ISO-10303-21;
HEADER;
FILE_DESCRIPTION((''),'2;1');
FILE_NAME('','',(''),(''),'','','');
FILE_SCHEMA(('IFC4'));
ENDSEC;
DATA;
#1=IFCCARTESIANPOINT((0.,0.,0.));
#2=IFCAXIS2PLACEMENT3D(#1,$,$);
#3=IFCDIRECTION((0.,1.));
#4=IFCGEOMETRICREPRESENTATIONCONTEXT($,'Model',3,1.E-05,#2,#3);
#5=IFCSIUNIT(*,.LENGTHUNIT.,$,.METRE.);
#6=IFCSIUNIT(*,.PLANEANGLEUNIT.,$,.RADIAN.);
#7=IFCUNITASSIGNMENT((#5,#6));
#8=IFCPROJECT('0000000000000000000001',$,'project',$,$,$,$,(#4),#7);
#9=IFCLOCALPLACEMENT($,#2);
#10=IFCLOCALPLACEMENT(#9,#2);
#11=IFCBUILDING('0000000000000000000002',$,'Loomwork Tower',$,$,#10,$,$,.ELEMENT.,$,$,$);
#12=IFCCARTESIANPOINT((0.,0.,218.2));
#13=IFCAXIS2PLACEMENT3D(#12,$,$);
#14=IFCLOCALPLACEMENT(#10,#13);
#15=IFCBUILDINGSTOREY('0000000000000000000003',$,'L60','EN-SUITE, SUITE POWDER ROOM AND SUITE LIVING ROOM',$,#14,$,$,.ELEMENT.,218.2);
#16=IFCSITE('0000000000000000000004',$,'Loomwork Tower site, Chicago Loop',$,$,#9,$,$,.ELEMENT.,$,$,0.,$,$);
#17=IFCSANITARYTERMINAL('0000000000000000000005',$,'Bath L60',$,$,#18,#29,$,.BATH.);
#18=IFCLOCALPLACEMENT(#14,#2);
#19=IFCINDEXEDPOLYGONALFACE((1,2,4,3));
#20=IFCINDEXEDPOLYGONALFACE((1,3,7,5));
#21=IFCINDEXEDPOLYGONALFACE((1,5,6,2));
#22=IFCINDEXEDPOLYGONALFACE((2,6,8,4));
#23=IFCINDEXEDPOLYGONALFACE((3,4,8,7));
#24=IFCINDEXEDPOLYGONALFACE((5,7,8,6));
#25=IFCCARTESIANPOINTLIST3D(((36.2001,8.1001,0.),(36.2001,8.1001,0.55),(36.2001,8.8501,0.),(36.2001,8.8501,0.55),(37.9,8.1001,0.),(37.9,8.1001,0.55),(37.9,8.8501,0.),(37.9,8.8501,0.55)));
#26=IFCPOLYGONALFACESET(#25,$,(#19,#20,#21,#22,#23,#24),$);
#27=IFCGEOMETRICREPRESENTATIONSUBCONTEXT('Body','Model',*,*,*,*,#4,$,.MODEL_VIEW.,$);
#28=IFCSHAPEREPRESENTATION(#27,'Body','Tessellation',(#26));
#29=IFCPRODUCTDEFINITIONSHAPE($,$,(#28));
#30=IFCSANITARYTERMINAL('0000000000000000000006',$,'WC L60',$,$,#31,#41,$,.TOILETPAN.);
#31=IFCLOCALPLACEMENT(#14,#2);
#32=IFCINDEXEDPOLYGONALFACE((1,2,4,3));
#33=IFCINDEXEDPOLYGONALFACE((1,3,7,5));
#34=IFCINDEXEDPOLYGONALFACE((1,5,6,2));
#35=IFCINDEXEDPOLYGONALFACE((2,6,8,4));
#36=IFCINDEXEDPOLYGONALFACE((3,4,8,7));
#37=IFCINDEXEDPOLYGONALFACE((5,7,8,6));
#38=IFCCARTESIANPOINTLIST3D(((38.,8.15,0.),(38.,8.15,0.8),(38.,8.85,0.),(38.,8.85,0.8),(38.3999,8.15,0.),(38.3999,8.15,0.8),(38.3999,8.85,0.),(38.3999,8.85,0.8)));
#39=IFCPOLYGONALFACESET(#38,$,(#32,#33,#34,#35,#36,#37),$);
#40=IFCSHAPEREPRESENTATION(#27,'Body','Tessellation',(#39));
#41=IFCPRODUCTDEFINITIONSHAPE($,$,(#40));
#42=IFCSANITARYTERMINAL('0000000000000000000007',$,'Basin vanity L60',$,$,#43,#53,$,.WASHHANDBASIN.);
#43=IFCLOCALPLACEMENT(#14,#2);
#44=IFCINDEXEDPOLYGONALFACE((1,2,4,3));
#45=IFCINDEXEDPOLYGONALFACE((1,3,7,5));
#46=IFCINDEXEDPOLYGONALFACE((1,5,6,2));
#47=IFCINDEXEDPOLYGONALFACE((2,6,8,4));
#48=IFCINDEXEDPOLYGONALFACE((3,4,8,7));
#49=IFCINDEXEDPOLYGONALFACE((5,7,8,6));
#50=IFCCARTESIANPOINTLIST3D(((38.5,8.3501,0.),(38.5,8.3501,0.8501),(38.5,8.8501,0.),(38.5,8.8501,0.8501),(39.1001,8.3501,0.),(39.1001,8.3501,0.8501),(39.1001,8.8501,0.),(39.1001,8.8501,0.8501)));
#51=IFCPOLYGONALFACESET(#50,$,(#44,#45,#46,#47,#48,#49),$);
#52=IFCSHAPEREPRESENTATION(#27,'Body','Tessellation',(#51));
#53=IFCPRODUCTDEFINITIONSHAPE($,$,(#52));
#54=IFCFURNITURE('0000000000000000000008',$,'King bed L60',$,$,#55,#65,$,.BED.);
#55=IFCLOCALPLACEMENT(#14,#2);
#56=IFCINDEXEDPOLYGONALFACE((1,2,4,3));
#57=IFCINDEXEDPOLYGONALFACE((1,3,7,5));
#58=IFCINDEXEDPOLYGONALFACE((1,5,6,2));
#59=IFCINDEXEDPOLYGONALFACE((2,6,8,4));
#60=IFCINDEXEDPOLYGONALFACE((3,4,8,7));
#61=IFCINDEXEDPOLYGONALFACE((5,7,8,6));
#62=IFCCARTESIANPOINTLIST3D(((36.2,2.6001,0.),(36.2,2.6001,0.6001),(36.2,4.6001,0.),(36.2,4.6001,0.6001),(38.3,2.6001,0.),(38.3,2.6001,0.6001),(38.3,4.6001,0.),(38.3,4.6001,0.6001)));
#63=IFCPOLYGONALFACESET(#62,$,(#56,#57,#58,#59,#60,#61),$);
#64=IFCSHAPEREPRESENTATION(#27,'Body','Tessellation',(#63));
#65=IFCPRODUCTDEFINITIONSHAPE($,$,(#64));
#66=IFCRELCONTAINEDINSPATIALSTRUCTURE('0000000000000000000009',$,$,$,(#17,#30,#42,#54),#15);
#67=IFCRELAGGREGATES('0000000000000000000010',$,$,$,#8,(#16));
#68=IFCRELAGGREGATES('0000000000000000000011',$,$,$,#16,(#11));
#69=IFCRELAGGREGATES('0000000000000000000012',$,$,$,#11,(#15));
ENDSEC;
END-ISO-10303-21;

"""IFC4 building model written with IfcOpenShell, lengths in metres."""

from ifc_helpers import new_model, si_unit, direction, frame, origin, origin_2d, place, context, subcontext, project, spatial, rectangle, extrude, element, save


model = new_model("IFC4")

# Units and contexts
model_context = context("Model", 3, precision=1e-05, world=origin(), true_north=direction((0.0, 1.0)))
body_context = subcontext(model_context, "Body", "Model", "MODEL_VIEW")
ifc_project = project(units=[si_unit("LENGTHUNIT", "METRE"), si_unit("PLANEANGLEUNIT", "RADIAN")], contexts=[model_context])

# Site, building, storey
site_placement = place(None, origin())
site = spatial("IfcSite", under=ifc_project, at=site_placement, Name="Loomwork Tower site, Chicago Loop", CompositionType="ELEMENT", RefElevation=0.0)
building_placement = place(site_placement, origin())
building = spatial("IfcBuilding", under=site, at=building_placement, Name="Loomwork Tower", CompositionType="ELEMENT")
storey_placement = place(building_placement, frame((0.0, 0.0, 218.2)))
storey = spatial("IfcBuildingStorey", under=building, at=storey_placement, Name="L60", Description="EN-SUITE, SUITE POWDER ROOM AND SUITE LIVING ROOM", CompositionType="ELEMENT", Elevation=218.2)

# Sanitary terminals
sanitary_terminal_1_placement = place(storey_placement, frame((37.05, 8.4751, 0.0), z_axis=(0.0, 0.0, 1.0), x_axis=(1.0, 0.0, 0.0)))
element("IfcSanitaryTerminal", 1, at=sanitary_terminal_1_placement, inside=storey, Name="Bath L60", PredefinedType="BATH", context=body_context, shape_type="SweptSolid", body=[
    extrude(rectangle(XDim=1.7, YDim=0.75, at=origin_2d()), origin(), (0.0, 0.0, 1.0), 0.55),
])
sanitary_terminal_2_placement = place(storey_placement, frame((38.2, 8.5, 0.0), z_axis=(0.0, 0.0, 1.0), x_axis=(1.0, 0.0, 0.0)))
element("IfcSanitaryTerminal", 2, at=sanitary_terminal_2_placement, inside=storey, Name="WC L60", PredefinedType="TOILETPAN", context=body_context, shape_type="SweptSolid", body=[
    extrude(rectangle(XDim=0.3999, YDim=0.7, at=origin_2d()), origin(), (0.0, 0.0, 1.0), 0.8),
])
sanitary_terminal_3_placement = place(storey_placement, frame((38.8, 8.6001, 0.0), z_axis=(0.0, 0.0, 1.0), x_axis=(1.0, 0.0, 0.0)))
element("IfcSanitaryTerminal", 3, at=sanitary_terminal_3_placement, inside=storey, Name="Basin vanity L60", PredefinedType="WASHHANDBASIN", context=body_context, shape_type="SweptSolid", body=[
    extrude(rectangle(XDim=0.6001, YDim=0.5, at=origin_2d()), origin(), (0.0, 0.0, 1.0), 0.8501),
])

# Furniture
furniture_placement = place(storey_placement, frame((37.25, 3.6001, 0.0), z_axis=(0.0, 0.0, 1.0), x_axis=(1.0, 0.0, 0.0)))
element("IfcFurniture", 4, at=furniture_placement, inside=storey, Name="King bed L60", PredefinedType="BED", context=body_context, shape_type="SweptSolid", body=[
    extrude(rectangle(XDim=2.1001, YDim=2.0, at=origin_2d()), origin(), (0.0, 0.0, 1.0), 0.6001),
])

save(model, "model.ifc")
